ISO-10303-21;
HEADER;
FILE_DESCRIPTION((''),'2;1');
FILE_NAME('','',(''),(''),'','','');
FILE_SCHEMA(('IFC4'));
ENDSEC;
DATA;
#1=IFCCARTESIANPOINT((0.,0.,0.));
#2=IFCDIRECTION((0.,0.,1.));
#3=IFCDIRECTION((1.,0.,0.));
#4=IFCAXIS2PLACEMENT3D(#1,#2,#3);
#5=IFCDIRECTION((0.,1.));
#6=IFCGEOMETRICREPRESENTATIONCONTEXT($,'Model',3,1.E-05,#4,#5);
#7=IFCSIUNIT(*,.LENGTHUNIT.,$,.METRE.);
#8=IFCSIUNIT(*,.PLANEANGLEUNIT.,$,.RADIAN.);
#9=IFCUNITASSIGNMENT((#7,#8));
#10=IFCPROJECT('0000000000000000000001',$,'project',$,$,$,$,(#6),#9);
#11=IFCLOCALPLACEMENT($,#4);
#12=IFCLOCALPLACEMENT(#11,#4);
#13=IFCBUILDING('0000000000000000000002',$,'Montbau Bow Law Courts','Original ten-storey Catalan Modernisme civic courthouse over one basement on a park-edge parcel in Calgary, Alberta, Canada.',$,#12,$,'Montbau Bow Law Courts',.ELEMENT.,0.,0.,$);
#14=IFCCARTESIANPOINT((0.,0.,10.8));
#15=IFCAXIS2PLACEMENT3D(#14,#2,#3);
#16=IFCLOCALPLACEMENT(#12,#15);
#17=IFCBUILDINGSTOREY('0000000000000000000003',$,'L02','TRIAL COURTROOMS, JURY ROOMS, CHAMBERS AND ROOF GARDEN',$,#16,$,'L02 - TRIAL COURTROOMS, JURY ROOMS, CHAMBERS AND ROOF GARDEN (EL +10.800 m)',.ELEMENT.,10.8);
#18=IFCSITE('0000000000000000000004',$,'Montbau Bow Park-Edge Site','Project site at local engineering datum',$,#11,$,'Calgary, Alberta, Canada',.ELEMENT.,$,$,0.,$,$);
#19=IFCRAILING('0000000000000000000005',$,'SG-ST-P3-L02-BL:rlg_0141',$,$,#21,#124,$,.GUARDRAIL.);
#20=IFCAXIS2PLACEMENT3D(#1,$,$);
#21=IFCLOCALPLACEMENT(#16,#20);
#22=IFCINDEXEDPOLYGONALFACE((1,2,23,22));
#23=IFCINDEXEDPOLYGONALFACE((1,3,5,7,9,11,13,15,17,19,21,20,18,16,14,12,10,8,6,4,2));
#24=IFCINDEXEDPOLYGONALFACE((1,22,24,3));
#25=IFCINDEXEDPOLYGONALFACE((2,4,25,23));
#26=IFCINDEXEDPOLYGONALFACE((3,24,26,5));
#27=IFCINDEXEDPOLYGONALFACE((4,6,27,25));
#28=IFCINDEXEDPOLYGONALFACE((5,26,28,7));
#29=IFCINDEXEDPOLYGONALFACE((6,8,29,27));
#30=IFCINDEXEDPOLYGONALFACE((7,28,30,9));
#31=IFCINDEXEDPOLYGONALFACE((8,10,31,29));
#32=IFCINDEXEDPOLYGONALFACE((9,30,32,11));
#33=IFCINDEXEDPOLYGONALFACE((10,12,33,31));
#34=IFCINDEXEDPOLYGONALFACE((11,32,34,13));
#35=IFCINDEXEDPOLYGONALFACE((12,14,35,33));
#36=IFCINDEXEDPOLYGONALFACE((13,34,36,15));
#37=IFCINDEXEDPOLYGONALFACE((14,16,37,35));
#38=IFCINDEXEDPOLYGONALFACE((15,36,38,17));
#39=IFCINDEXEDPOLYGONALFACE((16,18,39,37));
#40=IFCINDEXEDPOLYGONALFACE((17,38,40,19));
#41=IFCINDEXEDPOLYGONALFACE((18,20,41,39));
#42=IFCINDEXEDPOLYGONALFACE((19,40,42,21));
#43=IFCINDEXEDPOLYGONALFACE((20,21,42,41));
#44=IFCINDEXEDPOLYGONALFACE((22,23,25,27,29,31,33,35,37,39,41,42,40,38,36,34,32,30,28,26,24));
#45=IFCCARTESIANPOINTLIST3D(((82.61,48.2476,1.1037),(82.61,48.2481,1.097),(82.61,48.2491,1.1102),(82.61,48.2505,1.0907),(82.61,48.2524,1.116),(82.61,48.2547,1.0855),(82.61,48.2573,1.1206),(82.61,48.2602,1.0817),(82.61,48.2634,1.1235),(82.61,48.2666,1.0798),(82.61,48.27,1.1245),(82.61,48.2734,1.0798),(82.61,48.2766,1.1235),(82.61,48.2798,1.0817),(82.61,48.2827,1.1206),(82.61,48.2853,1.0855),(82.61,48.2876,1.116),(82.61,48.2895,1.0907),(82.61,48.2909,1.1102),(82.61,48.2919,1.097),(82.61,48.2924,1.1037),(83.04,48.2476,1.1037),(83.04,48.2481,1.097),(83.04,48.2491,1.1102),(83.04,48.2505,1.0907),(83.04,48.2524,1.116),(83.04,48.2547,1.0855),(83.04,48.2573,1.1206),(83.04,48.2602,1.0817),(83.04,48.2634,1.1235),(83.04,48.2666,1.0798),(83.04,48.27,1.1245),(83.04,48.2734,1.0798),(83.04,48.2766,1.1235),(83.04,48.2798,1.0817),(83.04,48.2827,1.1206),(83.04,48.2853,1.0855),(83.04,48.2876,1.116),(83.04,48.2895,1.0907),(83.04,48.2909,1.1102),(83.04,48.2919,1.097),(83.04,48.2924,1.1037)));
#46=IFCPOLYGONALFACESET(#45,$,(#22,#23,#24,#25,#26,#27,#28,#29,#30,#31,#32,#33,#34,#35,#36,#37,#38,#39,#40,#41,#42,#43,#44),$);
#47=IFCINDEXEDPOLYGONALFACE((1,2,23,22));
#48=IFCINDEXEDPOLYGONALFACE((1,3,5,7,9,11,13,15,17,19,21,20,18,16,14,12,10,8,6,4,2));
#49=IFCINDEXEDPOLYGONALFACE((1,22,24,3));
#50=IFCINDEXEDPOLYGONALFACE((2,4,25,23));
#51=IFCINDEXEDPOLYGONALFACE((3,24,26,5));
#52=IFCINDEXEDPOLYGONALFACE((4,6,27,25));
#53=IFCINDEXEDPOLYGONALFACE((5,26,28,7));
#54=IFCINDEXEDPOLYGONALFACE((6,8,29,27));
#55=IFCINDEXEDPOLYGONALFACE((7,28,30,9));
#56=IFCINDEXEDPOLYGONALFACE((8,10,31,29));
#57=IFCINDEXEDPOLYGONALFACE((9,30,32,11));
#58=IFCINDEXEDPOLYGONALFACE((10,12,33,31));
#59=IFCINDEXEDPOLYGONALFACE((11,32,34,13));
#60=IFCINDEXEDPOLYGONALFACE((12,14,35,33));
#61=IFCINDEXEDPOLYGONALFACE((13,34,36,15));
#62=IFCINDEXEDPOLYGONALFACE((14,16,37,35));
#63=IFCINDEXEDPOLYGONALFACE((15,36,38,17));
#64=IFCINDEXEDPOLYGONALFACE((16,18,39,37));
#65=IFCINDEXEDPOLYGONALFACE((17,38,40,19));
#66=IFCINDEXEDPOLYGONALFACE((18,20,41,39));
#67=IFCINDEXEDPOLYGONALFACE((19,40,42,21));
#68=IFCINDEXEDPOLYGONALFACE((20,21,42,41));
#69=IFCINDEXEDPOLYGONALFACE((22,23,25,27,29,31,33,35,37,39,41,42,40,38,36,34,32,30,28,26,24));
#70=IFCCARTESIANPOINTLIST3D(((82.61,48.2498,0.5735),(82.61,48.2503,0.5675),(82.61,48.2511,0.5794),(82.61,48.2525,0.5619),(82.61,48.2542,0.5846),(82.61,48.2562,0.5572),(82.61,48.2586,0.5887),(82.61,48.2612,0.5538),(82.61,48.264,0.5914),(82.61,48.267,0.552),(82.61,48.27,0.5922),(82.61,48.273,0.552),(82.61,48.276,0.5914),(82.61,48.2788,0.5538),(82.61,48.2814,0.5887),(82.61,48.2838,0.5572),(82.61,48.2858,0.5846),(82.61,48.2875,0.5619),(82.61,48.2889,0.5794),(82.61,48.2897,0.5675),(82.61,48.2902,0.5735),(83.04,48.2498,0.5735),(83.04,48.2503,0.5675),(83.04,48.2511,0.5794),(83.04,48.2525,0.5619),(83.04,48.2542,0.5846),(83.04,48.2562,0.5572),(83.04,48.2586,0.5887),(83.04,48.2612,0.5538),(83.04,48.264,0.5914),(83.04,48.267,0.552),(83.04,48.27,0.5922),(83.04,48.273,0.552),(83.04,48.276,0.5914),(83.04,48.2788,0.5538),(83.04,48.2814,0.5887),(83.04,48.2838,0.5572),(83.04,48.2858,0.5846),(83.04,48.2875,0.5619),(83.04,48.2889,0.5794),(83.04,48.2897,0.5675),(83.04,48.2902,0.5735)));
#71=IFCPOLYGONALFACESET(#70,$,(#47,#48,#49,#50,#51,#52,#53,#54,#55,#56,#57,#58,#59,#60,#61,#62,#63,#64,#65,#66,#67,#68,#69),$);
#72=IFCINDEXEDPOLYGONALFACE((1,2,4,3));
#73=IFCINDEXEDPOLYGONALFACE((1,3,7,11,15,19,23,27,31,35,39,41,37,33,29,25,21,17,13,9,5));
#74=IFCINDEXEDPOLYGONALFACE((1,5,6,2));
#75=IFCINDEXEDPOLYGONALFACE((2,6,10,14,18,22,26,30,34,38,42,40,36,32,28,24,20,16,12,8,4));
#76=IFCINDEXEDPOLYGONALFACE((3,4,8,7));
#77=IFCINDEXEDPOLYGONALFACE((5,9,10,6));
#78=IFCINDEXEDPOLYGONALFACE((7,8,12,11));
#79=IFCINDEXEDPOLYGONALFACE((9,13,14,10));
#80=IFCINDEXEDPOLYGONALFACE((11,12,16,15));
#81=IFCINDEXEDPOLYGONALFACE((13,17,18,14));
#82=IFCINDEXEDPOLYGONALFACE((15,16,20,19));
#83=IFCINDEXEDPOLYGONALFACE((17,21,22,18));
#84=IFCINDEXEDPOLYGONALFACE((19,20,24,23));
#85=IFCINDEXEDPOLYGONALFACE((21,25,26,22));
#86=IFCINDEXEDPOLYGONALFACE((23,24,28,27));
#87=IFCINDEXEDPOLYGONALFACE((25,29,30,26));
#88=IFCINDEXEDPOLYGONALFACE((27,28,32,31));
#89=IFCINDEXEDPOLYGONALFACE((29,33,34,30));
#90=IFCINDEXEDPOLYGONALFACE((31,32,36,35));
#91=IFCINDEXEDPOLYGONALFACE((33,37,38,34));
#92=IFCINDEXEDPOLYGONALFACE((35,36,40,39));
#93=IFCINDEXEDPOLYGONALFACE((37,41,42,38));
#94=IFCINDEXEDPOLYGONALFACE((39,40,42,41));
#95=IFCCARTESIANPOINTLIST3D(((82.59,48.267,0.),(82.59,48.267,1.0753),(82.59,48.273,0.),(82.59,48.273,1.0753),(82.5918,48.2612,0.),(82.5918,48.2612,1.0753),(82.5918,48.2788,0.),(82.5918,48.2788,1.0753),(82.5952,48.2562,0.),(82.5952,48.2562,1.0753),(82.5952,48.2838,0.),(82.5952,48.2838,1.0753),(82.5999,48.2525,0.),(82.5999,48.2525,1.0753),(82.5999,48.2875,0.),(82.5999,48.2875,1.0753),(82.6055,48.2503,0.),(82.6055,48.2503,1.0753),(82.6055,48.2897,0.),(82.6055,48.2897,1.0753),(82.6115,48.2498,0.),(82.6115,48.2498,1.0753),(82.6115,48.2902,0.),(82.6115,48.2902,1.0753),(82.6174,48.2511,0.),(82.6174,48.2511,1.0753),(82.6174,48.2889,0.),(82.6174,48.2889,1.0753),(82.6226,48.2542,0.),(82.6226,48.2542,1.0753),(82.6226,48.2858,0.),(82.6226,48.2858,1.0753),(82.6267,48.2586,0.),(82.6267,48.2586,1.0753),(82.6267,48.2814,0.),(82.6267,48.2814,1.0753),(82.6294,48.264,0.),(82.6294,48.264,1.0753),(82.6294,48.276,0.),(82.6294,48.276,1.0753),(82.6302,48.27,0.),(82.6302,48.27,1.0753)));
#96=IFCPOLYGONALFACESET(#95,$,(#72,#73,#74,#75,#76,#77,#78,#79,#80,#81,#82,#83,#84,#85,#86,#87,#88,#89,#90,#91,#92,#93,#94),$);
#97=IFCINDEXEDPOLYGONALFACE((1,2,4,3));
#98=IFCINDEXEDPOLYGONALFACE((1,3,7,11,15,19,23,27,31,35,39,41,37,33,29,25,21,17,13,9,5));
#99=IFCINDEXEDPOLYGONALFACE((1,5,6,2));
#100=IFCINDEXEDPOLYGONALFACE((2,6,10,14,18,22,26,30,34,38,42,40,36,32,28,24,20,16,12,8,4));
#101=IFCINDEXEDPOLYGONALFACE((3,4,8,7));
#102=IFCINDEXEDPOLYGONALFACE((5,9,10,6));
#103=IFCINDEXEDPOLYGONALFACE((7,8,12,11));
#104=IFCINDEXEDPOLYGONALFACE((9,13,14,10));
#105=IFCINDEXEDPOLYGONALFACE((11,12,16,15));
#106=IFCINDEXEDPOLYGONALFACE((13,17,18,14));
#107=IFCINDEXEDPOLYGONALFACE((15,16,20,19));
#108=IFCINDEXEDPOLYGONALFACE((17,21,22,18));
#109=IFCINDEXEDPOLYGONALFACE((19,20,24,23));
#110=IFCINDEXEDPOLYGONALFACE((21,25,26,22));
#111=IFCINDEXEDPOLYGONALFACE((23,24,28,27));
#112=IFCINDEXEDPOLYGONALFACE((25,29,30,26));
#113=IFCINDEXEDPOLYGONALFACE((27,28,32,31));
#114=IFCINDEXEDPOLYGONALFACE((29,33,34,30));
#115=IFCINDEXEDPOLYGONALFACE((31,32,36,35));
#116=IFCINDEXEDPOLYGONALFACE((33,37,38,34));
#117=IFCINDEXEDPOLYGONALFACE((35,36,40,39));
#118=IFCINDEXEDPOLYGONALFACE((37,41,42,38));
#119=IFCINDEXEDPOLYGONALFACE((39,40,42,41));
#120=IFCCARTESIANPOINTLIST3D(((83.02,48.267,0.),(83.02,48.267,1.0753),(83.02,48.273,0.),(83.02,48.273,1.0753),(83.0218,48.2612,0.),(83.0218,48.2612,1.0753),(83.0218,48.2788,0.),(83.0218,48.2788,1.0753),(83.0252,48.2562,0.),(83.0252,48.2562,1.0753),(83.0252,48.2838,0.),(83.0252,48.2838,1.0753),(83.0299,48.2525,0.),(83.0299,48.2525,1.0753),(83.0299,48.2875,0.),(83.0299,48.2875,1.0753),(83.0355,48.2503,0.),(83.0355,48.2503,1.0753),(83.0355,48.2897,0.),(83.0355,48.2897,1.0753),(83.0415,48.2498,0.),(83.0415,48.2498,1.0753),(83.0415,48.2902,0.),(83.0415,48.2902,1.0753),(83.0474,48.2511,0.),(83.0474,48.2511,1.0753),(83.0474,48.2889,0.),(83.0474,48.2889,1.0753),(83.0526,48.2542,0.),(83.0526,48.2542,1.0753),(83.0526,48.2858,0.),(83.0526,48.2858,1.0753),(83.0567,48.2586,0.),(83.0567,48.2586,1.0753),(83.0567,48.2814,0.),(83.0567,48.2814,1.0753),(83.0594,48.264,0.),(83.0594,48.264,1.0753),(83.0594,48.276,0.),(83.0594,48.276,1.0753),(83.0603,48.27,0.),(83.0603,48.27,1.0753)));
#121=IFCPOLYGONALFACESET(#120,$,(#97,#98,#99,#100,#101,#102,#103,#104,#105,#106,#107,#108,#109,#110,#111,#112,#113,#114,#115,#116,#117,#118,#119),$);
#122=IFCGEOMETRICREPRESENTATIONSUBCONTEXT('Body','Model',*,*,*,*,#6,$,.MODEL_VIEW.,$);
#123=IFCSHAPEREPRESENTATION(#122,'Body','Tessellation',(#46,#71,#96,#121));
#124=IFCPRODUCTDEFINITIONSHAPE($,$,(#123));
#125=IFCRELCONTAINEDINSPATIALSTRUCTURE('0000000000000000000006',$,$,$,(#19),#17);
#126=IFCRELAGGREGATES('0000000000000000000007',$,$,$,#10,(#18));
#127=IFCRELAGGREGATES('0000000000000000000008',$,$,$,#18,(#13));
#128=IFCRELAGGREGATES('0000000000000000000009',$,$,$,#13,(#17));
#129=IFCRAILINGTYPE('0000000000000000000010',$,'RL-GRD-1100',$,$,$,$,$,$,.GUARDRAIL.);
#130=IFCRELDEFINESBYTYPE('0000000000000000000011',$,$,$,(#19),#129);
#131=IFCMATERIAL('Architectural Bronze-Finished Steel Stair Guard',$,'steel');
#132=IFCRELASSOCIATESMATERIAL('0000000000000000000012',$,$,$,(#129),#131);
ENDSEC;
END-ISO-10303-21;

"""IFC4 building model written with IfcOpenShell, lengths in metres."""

from ifc_helpers import new_model, si_unit, direction, frame, origin_with_axes, origin_2d_with_axis, place, context, subcontext, project, spatial, circle, extrude, material, type_object, element, save


model = new_model("IFC4")

# Units and contexts
model_context = context("Model", 3, precision=1e-05, world=origin_with_axes(), true_north=direction((0.0, 1.0)))
body_context = subcontext(model_context, "Body", "Model", "MODEL_VIEW")
ifc_project = project(units=[si_unit("LENGTHUNIT", "METRE"), si_unit("PLANEANGLEUNIT", "RADIAN")], contexts=[model_context])

# Site, building, storey
site_placement = place(None, origin_with_axes())
site = spatial("IfcSite", under=ifc_project, at=site_placement, Name="Montbau Bow Park-Edge Site", Description="Project site at local engineering datum", LongName="Calgary, Alberta, Canada", CompositionType="ELEMENT", RefElevation=0.0)
building_placement = place(site_placement, origin_with_axes())
building = spatial("IfcBuilding", under=site, at=building_placement, Name="Montbau Bow Law Courts", Description="Original ten-storey Catalan Modernisme civic courthouse over one basement on a park-edge parcel in Calgary, Alberta, Canada.", LongName="Montbau Bow Law Courts", CompositionType="ELEMENT", ElevationOfRefHeight=0.0, ElevationOfTerrain=0.0)
storey_placement = place(building_placement, frame((0.0, 0.0, 10.8), z_axis=(0.0, 0.0, 1.0), x_axis=(1.0, 0.0, 0.0)))
storey = spatial("IfcBuildingStorey", under=building, at=storey_placement, Name="L02", Description="TRIAL COURTROOMS, JURY ROOMS, CHAMBERS AND ROOF GARDEN", LongName="L02 - TRIAL COURTROOMS, JURY ROOMS, CHAMBERS AND ROOF GARDEN (EL +10.800 m)", CompositionType="ELEMENT", Elevation=10.8)

# Railing
ifc_material_1 = material(Name="Architectural Bronze-Finished Steel Stair Guard", Category="steel")
railing_type_1 = type_object("IfcRailingType", Name="RL-GRD-1100", PredefinedType="GUARDRAIL", material=ifc_material_1)
railing_1_placement = place(None, origin_with_axes())
element("IfcRailing", 1, at=railing_1_placement, inside=storey, type_object=railing_type_1, Name="SG-ST-P3-L02-BL:rlg_0141", PredefinedType="GUARDRAIL", context=body_context, shape_type="SweptSolid", body=[
    extrude(circle(Radius=0.0225, at=origin_2d_with_axis()), frame((82.61, 48.27, 11.902), z_axis=(1.0, 0.0, 0.0), x_axis=(0.0, 0.0, 1.0)), (0.0, 0.0, 1.0), 0.43),
    extrude(circle(Radius=0.0203, at=origin_2d_with_axis()), frame((82.61, 48.27, 11.372), z_axis=(1.0, 0.0, 0.0), x_axis=(0.0, 0.0, 1.0)), (0.0, 0.0, 1.0), 0.43),
    extrude(circle(Radius=0.0203, at=origin_2d_with_axis()), frame((82.61, 48.27, 10.8), z_axis=(0.0, 0.0, 1.0), x_axis=(1.0, 0.0, 0.0)), (0.0, 0.0, 1.0), 1.0753),
    extrude(circle(Radius=0.0203, at=origin_2d_with_axis()), frame((83.04, 48.27, 10.8), z_axis=(0.0, 0.0, 1.0), x_axis=(1.0, 0.0, 0.0)), (0.0, 0.0, 1.0), 1.0753),
])

save(model, "model.ifc")
